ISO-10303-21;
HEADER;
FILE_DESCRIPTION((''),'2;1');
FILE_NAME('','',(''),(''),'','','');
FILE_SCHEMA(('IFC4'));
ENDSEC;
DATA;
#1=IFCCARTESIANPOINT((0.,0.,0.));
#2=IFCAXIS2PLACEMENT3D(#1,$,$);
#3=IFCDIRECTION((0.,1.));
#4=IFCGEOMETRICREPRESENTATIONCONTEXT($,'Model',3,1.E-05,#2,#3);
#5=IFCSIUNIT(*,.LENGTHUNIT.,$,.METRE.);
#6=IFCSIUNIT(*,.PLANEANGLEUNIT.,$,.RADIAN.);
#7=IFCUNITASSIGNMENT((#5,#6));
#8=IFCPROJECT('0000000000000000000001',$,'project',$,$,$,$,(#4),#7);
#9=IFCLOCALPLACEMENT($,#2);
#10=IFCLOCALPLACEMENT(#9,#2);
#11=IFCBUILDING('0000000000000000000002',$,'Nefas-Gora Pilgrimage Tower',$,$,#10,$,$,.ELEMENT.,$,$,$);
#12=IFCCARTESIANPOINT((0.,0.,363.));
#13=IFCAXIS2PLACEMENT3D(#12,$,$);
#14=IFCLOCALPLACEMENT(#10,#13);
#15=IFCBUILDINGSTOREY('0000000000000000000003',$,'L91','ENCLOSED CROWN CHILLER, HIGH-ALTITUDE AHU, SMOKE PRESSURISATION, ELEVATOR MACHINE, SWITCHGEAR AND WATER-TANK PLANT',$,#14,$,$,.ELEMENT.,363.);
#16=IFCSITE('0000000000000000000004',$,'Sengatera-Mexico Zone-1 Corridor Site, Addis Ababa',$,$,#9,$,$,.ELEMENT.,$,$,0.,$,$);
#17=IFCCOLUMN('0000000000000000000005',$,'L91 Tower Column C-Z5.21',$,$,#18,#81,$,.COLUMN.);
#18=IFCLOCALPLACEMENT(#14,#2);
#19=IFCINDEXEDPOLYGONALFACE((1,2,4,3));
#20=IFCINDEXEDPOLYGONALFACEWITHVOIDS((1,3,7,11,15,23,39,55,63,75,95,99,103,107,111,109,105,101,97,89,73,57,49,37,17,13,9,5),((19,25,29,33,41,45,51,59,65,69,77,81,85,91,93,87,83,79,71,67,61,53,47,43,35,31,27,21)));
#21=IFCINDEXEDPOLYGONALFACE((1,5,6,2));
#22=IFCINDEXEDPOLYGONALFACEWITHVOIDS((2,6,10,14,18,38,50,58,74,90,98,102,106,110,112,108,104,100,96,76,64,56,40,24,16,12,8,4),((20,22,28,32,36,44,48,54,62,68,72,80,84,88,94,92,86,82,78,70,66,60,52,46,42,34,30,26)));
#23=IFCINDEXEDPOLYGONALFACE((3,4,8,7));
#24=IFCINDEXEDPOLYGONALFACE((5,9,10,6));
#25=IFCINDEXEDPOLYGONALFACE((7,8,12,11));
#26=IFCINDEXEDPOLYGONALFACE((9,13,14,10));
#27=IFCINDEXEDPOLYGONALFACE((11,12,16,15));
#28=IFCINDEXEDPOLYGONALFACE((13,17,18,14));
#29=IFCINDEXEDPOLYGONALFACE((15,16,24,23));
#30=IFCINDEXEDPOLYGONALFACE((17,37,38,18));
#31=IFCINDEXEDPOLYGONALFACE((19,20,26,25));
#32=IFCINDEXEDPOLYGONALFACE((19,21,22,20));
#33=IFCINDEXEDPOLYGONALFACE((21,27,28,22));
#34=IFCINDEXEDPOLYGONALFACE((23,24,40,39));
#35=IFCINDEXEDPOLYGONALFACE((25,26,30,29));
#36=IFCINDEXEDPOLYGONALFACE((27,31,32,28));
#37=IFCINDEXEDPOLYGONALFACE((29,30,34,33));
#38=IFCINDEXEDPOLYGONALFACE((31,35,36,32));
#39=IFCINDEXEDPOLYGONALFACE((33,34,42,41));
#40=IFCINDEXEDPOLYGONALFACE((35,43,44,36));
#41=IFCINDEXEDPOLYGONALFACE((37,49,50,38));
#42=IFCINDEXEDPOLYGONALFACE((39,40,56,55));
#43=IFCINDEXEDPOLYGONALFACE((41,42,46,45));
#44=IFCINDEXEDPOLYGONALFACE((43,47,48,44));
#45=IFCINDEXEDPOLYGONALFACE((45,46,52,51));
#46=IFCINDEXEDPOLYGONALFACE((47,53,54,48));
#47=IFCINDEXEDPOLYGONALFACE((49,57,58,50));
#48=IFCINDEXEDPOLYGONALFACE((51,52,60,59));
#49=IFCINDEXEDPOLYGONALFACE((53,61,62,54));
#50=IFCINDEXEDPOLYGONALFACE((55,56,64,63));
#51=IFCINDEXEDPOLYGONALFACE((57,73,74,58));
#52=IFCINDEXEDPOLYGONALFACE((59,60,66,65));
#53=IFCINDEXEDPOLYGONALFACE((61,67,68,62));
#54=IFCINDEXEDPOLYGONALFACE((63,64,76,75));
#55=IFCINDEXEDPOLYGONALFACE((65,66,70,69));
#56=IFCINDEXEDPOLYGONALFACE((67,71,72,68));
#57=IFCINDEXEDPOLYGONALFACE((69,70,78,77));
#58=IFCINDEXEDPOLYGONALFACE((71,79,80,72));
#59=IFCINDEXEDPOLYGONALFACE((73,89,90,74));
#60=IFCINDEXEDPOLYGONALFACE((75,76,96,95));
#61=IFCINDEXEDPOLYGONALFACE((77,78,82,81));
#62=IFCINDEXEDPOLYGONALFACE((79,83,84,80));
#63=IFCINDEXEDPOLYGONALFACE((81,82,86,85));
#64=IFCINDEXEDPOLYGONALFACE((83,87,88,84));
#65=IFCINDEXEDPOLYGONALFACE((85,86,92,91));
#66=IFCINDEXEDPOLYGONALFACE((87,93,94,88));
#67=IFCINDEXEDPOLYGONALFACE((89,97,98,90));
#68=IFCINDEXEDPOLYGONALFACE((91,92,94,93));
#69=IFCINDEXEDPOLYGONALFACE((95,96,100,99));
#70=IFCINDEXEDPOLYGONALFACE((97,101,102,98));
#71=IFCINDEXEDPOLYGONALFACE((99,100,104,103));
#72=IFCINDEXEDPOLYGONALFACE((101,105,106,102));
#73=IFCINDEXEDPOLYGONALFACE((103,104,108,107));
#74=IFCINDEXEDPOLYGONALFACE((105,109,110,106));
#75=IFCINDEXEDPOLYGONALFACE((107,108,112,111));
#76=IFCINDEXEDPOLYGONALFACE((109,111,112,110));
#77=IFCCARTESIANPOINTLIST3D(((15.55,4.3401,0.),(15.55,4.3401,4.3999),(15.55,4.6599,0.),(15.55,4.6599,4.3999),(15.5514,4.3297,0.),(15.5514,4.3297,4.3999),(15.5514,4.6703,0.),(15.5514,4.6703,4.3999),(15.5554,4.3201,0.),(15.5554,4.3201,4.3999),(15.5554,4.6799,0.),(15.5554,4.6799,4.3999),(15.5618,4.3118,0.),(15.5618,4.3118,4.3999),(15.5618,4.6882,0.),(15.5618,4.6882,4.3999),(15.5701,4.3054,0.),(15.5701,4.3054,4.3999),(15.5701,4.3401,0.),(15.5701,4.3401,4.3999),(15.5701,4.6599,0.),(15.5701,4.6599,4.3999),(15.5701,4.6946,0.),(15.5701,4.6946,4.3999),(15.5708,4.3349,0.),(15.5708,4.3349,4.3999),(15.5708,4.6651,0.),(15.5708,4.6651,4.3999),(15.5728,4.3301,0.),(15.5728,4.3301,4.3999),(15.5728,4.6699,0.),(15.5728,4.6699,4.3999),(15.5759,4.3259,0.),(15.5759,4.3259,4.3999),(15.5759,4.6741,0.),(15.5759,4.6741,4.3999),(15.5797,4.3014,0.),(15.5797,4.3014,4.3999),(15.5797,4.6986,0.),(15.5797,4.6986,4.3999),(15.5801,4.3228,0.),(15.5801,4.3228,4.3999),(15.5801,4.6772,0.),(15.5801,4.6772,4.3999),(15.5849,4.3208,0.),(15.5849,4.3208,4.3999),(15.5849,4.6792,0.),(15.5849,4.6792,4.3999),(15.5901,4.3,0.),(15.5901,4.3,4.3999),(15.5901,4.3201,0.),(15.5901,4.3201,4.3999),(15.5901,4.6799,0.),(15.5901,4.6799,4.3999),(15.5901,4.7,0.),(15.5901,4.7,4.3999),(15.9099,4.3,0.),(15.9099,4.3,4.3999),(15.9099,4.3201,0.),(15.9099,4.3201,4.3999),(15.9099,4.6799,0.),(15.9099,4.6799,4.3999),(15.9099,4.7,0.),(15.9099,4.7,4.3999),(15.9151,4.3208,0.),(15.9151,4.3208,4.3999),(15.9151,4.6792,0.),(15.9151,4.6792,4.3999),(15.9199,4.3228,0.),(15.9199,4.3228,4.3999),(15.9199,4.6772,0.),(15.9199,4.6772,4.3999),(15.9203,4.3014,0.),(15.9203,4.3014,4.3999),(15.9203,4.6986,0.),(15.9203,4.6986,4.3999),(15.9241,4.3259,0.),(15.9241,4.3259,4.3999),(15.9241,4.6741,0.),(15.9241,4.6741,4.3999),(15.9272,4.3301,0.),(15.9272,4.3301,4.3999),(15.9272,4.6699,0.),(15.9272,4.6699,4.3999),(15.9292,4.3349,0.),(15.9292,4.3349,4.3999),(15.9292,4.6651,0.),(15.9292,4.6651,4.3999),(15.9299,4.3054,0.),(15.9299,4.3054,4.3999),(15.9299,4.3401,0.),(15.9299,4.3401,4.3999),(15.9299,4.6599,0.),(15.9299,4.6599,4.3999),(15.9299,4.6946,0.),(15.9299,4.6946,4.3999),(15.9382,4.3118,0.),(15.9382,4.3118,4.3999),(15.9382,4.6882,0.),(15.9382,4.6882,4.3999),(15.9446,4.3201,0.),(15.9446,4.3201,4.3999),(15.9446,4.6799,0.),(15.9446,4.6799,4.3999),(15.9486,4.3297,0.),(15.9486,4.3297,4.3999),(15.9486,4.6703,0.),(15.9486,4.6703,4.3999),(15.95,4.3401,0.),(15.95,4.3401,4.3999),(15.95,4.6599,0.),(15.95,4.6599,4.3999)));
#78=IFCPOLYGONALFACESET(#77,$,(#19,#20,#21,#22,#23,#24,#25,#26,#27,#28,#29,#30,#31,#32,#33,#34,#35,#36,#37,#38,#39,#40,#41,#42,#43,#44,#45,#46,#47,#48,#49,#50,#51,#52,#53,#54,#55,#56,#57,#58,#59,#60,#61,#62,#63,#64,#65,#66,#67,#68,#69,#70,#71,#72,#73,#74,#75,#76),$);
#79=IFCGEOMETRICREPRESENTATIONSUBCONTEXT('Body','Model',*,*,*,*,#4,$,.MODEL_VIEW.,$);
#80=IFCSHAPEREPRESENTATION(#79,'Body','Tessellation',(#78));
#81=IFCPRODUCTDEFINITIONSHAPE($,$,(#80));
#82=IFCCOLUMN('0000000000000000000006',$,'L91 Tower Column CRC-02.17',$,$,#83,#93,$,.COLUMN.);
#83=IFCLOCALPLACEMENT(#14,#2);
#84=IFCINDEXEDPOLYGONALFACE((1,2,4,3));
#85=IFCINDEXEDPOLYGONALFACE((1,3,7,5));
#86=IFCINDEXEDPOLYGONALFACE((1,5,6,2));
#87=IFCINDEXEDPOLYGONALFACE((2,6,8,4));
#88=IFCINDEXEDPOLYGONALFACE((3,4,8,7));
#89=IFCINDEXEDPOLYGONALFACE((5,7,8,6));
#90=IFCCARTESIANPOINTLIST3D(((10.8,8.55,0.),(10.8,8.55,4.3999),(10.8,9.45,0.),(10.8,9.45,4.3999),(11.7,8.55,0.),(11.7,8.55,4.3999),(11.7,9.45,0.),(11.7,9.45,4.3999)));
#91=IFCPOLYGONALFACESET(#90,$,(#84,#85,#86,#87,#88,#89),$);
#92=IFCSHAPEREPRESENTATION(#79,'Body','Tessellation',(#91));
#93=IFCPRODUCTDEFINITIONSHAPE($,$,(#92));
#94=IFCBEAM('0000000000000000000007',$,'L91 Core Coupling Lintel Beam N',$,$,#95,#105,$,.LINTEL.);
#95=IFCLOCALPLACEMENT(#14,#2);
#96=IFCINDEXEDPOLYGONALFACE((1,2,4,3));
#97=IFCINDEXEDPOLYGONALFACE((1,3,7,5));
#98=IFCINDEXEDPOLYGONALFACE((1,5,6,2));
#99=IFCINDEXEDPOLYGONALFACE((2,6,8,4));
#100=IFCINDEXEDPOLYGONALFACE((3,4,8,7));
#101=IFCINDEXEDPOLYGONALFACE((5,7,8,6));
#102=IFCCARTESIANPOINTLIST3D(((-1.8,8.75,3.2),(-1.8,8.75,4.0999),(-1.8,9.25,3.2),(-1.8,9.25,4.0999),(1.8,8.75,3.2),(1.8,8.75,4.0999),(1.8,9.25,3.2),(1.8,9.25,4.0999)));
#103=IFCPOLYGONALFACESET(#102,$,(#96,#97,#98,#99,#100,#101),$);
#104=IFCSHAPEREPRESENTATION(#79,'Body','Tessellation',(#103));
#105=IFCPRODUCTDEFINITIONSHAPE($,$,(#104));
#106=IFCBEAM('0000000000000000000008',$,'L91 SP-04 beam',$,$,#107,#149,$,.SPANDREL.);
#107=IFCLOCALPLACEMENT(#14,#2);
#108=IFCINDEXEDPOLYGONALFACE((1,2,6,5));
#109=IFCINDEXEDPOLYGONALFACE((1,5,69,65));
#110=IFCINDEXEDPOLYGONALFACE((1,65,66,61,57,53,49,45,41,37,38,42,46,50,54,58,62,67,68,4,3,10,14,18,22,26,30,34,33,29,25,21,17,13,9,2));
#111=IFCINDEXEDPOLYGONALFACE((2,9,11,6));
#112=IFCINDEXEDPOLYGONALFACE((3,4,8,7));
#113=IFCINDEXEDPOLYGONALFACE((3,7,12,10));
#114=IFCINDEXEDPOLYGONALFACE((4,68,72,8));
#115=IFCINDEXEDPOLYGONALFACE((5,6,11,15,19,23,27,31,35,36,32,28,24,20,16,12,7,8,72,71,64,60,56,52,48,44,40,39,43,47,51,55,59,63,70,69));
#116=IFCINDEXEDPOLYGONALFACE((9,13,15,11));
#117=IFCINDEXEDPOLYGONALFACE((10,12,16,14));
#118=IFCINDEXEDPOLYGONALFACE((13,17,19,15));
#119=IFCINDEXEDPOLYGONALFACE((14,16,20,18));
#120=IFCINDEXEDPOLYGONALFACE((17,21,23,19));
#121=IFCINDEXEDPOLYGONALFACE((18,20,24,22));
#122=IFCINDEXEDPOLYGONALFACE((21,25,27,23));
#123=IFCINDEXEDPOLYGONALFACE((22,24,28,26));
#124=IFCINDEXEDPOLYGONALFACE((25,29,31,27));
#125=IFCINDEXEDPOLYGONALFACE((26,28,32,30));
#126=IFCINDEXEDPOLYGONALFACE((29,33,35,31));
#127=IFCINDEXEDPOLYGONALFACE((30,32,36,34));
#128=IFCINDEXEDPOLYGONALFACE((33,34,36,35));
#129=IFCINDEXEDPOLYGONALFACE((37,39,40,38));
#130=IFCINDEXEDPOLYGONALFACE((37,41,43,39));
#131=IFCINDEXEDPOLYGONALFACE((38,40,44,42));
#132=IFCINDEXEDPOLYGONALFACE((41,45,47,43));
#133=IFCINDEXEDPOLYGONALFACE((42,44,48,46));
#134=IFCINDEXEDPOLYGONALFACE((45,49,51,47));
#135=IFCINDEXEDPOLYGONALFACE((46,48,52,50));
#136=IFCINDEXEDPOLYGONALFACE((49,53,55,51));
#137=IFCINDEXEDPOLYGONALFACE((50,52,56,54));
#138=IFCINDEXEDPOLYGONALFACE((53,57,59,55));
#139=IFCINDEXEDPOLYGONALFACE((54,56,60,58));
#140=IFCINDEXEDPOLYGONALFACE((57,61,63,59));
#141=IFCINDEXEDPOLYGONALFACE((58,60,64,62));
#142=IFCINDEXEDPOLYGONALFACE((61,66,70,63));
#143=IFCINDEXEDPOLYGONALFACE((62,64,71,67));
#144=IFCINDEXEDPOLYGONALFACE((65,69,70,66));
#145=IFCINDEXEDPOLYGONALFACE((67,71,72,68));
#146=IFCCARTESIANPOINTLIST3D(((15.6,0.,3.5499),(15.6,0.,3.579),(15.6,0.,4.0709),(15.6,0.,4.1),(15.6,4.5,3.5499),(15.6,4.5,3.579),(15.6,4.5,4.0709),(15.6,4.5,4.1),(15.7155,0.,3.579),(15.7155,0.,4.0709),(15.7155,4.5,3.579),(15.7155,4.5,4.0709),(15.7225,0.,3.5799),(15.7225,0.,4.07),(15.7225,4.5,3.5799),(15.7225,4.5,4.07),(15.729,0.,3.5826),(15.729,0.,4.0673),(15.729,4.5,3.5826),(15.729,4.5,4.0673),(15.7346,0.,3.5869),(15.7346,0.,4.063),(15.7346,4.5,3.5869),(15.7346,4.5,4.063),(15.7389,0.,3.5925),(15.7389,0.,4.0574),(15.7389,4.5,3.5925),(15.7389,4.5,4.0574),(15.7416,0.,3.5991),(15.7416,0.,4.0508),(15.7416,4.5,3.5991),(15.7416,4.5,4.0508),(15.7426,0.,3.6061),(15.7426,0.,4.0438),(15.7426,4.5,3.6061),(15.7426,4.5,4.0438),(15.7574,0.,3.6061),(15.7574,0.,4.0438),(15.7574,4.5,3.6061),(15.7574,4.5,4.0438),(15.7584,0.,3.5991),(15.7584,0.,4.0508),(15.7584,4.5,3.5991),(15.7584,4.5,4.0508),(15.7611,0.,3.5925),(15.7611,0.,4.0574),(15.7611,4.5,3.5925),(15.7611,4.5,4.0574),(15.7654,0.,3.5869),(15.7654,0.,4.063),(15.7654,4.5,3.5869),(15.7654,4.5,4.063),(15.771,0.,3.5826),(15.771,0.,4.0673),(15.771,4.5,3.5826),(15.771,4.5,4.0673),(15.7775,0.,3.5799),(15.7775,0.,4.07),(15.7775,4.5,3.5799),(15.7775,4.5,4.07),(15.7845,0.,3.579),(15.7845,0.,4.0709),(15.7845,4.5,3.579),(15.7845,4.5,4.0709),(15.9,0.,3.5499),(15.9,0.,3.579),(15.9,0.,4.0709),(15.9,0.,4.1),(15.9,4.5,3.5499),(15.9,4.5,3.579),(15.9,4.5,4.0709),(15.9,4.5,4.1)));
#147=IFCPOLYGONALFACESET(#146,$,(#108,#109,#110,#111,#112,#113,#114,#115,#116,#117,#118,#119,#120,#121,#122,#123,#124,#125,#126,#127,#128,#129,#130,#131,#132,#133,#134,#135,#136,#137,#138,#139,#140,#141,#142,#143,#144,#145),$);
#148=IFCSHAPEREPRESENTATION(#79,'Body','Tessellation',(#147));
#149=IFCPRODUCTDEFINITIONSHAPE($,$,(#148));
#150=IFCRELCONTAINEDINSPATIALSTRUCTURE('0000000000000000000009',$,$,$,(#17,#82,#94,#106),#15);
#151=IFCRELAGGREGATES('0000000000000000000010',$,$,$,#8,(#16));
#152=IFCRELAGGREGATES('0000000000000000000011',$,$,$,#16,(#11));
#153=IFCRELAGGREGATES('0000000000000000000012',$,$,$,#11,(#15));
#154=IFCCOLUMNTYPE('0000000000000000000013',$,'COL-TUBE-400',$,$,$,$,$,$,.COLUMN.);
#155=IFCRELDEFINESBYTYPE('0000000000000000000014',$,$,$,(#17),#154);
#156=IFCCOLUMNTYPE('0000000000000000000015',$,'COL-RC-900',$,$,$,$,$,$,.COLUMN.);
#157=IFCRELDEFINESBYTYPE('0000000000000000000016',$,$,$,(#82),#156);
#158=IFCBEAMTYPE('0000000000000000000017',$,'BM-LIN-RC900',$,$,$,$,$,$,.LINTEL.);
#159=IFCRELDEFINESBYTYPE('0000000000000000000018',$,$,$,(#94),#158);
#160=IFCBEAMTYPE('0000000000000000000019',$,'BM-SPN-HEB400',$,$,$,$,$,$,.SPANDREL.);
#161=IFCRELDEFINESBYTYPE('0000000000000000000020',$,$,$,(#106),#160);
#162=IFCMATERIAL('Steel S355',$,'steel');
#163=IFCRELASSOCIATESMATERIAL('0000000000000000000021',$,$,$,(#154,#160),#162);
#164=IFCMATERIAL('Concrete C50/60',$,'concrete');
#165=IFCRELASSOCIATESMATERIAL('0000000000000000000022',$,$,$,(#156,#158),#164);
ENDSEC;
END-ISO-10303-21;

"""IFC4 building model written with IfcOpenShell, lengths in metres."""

from ifc_helpers import new_model, si_unit, direction, frame, origin, origin_2d, place, context, subcontext, project, spatial, rectangle, hollow_rectangle, i_section, extrude, source, transform, mapped, material, material_profile, profile_set, type_object, element, save


model = new_model("IFC4")

# Units and contexts
model_context = context("Model", 3, precision=1e-05, world=origin(), true_north=direction((0.0, 1.0)))
body_context = subcontext(model_context, "Body", "Model", "MODEL_VIEW")
ifc_project = project(units=[si_unit("LENGTHUNIT", "METRE"), si_unit("PLANEANGLEUNIT", "RADIAN")], contexts=[model_context])

# Site, building, storey
site_placement = place(None, origin())
site = spatial("IfcSite", under=ifc_project, at=site_placement, Name="Sengatera-Mexico Zone-1 Corridor Site, Addis Ababa", CompositionType="ELEMENT", RefElevation=0.0)
building_placement = place(site_placement, origin())
building = spatial("IfcBuilding", under=site, at=building_placement, Name="Nefas-Gora Pilgrimage Tower", CompositionType="ELEMENT")
storey_placement = place(building_placement, frame((0.0, 0.0, 363.0)))
storey = spatial("IfcBuildingStorey", under=building, at=storey_placement, Name="L91", Description="ENCLOSED CROWN CHILLER, HIGH-ALTITUDE AHU, SMOKE PRESSURISATION, ELEVATOR MACHINE, SWITCHGEAR AND WATER-TANK PLANT", CompositionType="ELEMENT", Elevation=363.0)

# Columns
ifc_material_1 = material(Name="Steel S355", Category="steel")
ifc_material_profile_1 = material_profile(ifc_material_1, hollow_rectangle(XDim=0.3999, YDim=0.3999, WallThickness=0.02, InnerFilletRadius=0.02, OuterFilletRadius=0.04, at=origin_2d()), Name="SHS 400x400x20")
ifc_profile_set_1 = profile_set([ifc_material_profile_1], Name="Steel S355")
column_type_1 = type_object("IfcColumnType", Name="COL-TUBE-400", PredefinedType="COLUMN", material=ifc_profile_set_1)
shared_shape_1 = source(origin(), body_context, "Body", "SweptSolid", [
    extrude(hollow_rectangle(XDim=0.3999, YDim=0.3999, WallThickness=0.02, InnerFilletRadius=0.02, OuterFilletRadius=0.04, at=origin_2d()), origin(), (0.0, 0.0, 1.0), 4.3999),
])
column_1_placement = place(storey_placement, frame((15.75, 4.5, 0.0), z_axis=(0.0, 0.0, 1.0), x_axis=(1.0, 0.0, 0.0)))
element("IfcColumn", 1, at=column_1_placement, inside=storey, type_object=column_type_1, Name="L91 Tower Column C-Z5.21", PredefinedType="COLUMN", context=body_context, shape_type="MappedRepresentation", body=[
    mapped(shared_shape_1, transform((0.0, 0.0, 0.0), x_axis=(1.0, 0.0, 0.0), y_axis=(0.0, 1.0, 0.0), z_axis=(0.0, 0.0, 1.0), scale=1.0)),
])
ifc_material_2 = material(Name="Concrete C50/60", Category="concrete")
ifc_material_profile_2 = material_profile(ifc_material_2, rectangle(XDim=0.8999, YDim=0.8999, at=origin_2d()), Name="RC 900x900")
ifc_profile_set_2 = profile_set([ifc_material_profile_2], Name="Concrete C50/60")
column_type_2 = type_object("IfcColumnType", Name="COL-RC-900", PredefinedType="COLUMN", material=ifc_profile_set_2)
shared_shape_2 = source(origin(), body_context, "Body", "SweptSolid", [
    extrude(rectangle(XDim=0.8999, YDim=0.8999, at=origin_2d()), origin(), (0.0, 0.0, 1.0), 4.3999),
])
column_2_placement = place(storey_placement, frame((11.25, 9.0, 0.0), z_axis=(0.0, 0.0, 1.0), x_axis=(1.0, 0.0, 0.0)))
element("IfcColumn", 2, at=column_2_placement, inside=storey, type_object=column_type_2, Name="L91 Tower Column CRC-02.17", PredefinedType="COLUMN", context=body_context, shape_type="MappedRepresentation", body=[
    mapped(shared_shape_2, transform((0.0, 0.0, 0.0), x_axis=(1.0, 0.0, 0.0), y_axis=(0.0, 1.0, 0.0), z_axis=(0.0, 0.0, 1.0), scale=1.0)),
])

# Beams
ifc_material_profile_3 = material_profile(ifc_material_2, rectangle(XDim=0.5, YDim=0.8999, at=origin_2d()), Name="RC 500x900")
ifc_profile_set_3 = profile_set([ifc_material_profile_3], Name="Concrete C50/60")
beam_type_1 = type_object("IfcBeamType", Name="BM-LIN-RC900", PredefinedType="LINTEL", material=ifc_profile_set_3)
shared_shape_3 = source(origin(), body_context, "Body", "SweptSolid", [
    extrude(rectangle(XDim=0.5, YDim=0.8999, at=origin_2d()), origin(), (0.0, 0.0, 1.0), 3.6001),
])
beam_placement = place(storey_placement, frame((-1.8, 9.0, 3.6499), z_axis=(1.0, 0.0, 0.0), x_axis=(0.0, 1.0, 0.0)))
element("IfcBeam", 3, at=beam_placement, inside=storey, type_object=beam_type_1, Name="L91 Core Coupling Lintel Beam N", PredefinedType="LINTEL", context=body_context, shape_type="MappedRepresentation", body=[
    mapped(shared_shape_3, transform((0.0, 0.0, 0.0), x_axis=(1.0, 0.0, 0.0), y_axis=(0.0, 1.0, 0.0), z_axis=(0.0, 0.0, 1.0), scale=1.0)),
])
ifc_material_profile_4 = material_profile(ifc_material_1, i_section(OverallWidth=0.3, OverallDepth=0.55, WebThickness=0.0149, FlangeThickness=0.0291, FilletRadius=0.0271, at=origin_2d()), Name="HEB 550")
ifc_profile_set_4 = profile_set([ifc_material_profile_4], Name="Steel S355")
beam_type_2 = type_object("IfcBeamType", Name="BM-SPN-HEB400", PredefinedType="SPANDREL", material=ifc_profile_set_4)
shared_shape_4 = source(origin(), body_context, "Body", "SweptSolid", [
    extrude(i_section(OverallWidth=0.3, OverallDepth=0.55, WebThickness=0.0149, FlangeThickness=0.0291, FilletRadius=0.0271, at=origin_2d()), origin(), (0.0, 0.0, 1.0), 4.5),
])
for number, where, z_axis, x_axis, name in (
    (4, (15.75, 0.0, 3.825), (0.0, 1.0, 0.0), (-1.0, 0.0, 0.0), "L91 SP-04 beam"),
):
    element("IfcBeam", number, at=place(storey_placement, frame(where, z_axis=z_axis, x_axis=x_axis)), inside=storey, type_object=beam_type_2, Name=name, PredefinedType="SPANDREL", context=body_context, shape_type="MappedRepresentation", body=[
        mapped(shared_shape_4, transform((0.0, 0.0, 0.0), x_axis=(1.0, 0.0, 0.0), y_axis=(0.0, 1.0, 0.0), z_axis=(0.0, 0.0, 1.0), scale=1.0)),
    ])

save(model, "model.ifc")
